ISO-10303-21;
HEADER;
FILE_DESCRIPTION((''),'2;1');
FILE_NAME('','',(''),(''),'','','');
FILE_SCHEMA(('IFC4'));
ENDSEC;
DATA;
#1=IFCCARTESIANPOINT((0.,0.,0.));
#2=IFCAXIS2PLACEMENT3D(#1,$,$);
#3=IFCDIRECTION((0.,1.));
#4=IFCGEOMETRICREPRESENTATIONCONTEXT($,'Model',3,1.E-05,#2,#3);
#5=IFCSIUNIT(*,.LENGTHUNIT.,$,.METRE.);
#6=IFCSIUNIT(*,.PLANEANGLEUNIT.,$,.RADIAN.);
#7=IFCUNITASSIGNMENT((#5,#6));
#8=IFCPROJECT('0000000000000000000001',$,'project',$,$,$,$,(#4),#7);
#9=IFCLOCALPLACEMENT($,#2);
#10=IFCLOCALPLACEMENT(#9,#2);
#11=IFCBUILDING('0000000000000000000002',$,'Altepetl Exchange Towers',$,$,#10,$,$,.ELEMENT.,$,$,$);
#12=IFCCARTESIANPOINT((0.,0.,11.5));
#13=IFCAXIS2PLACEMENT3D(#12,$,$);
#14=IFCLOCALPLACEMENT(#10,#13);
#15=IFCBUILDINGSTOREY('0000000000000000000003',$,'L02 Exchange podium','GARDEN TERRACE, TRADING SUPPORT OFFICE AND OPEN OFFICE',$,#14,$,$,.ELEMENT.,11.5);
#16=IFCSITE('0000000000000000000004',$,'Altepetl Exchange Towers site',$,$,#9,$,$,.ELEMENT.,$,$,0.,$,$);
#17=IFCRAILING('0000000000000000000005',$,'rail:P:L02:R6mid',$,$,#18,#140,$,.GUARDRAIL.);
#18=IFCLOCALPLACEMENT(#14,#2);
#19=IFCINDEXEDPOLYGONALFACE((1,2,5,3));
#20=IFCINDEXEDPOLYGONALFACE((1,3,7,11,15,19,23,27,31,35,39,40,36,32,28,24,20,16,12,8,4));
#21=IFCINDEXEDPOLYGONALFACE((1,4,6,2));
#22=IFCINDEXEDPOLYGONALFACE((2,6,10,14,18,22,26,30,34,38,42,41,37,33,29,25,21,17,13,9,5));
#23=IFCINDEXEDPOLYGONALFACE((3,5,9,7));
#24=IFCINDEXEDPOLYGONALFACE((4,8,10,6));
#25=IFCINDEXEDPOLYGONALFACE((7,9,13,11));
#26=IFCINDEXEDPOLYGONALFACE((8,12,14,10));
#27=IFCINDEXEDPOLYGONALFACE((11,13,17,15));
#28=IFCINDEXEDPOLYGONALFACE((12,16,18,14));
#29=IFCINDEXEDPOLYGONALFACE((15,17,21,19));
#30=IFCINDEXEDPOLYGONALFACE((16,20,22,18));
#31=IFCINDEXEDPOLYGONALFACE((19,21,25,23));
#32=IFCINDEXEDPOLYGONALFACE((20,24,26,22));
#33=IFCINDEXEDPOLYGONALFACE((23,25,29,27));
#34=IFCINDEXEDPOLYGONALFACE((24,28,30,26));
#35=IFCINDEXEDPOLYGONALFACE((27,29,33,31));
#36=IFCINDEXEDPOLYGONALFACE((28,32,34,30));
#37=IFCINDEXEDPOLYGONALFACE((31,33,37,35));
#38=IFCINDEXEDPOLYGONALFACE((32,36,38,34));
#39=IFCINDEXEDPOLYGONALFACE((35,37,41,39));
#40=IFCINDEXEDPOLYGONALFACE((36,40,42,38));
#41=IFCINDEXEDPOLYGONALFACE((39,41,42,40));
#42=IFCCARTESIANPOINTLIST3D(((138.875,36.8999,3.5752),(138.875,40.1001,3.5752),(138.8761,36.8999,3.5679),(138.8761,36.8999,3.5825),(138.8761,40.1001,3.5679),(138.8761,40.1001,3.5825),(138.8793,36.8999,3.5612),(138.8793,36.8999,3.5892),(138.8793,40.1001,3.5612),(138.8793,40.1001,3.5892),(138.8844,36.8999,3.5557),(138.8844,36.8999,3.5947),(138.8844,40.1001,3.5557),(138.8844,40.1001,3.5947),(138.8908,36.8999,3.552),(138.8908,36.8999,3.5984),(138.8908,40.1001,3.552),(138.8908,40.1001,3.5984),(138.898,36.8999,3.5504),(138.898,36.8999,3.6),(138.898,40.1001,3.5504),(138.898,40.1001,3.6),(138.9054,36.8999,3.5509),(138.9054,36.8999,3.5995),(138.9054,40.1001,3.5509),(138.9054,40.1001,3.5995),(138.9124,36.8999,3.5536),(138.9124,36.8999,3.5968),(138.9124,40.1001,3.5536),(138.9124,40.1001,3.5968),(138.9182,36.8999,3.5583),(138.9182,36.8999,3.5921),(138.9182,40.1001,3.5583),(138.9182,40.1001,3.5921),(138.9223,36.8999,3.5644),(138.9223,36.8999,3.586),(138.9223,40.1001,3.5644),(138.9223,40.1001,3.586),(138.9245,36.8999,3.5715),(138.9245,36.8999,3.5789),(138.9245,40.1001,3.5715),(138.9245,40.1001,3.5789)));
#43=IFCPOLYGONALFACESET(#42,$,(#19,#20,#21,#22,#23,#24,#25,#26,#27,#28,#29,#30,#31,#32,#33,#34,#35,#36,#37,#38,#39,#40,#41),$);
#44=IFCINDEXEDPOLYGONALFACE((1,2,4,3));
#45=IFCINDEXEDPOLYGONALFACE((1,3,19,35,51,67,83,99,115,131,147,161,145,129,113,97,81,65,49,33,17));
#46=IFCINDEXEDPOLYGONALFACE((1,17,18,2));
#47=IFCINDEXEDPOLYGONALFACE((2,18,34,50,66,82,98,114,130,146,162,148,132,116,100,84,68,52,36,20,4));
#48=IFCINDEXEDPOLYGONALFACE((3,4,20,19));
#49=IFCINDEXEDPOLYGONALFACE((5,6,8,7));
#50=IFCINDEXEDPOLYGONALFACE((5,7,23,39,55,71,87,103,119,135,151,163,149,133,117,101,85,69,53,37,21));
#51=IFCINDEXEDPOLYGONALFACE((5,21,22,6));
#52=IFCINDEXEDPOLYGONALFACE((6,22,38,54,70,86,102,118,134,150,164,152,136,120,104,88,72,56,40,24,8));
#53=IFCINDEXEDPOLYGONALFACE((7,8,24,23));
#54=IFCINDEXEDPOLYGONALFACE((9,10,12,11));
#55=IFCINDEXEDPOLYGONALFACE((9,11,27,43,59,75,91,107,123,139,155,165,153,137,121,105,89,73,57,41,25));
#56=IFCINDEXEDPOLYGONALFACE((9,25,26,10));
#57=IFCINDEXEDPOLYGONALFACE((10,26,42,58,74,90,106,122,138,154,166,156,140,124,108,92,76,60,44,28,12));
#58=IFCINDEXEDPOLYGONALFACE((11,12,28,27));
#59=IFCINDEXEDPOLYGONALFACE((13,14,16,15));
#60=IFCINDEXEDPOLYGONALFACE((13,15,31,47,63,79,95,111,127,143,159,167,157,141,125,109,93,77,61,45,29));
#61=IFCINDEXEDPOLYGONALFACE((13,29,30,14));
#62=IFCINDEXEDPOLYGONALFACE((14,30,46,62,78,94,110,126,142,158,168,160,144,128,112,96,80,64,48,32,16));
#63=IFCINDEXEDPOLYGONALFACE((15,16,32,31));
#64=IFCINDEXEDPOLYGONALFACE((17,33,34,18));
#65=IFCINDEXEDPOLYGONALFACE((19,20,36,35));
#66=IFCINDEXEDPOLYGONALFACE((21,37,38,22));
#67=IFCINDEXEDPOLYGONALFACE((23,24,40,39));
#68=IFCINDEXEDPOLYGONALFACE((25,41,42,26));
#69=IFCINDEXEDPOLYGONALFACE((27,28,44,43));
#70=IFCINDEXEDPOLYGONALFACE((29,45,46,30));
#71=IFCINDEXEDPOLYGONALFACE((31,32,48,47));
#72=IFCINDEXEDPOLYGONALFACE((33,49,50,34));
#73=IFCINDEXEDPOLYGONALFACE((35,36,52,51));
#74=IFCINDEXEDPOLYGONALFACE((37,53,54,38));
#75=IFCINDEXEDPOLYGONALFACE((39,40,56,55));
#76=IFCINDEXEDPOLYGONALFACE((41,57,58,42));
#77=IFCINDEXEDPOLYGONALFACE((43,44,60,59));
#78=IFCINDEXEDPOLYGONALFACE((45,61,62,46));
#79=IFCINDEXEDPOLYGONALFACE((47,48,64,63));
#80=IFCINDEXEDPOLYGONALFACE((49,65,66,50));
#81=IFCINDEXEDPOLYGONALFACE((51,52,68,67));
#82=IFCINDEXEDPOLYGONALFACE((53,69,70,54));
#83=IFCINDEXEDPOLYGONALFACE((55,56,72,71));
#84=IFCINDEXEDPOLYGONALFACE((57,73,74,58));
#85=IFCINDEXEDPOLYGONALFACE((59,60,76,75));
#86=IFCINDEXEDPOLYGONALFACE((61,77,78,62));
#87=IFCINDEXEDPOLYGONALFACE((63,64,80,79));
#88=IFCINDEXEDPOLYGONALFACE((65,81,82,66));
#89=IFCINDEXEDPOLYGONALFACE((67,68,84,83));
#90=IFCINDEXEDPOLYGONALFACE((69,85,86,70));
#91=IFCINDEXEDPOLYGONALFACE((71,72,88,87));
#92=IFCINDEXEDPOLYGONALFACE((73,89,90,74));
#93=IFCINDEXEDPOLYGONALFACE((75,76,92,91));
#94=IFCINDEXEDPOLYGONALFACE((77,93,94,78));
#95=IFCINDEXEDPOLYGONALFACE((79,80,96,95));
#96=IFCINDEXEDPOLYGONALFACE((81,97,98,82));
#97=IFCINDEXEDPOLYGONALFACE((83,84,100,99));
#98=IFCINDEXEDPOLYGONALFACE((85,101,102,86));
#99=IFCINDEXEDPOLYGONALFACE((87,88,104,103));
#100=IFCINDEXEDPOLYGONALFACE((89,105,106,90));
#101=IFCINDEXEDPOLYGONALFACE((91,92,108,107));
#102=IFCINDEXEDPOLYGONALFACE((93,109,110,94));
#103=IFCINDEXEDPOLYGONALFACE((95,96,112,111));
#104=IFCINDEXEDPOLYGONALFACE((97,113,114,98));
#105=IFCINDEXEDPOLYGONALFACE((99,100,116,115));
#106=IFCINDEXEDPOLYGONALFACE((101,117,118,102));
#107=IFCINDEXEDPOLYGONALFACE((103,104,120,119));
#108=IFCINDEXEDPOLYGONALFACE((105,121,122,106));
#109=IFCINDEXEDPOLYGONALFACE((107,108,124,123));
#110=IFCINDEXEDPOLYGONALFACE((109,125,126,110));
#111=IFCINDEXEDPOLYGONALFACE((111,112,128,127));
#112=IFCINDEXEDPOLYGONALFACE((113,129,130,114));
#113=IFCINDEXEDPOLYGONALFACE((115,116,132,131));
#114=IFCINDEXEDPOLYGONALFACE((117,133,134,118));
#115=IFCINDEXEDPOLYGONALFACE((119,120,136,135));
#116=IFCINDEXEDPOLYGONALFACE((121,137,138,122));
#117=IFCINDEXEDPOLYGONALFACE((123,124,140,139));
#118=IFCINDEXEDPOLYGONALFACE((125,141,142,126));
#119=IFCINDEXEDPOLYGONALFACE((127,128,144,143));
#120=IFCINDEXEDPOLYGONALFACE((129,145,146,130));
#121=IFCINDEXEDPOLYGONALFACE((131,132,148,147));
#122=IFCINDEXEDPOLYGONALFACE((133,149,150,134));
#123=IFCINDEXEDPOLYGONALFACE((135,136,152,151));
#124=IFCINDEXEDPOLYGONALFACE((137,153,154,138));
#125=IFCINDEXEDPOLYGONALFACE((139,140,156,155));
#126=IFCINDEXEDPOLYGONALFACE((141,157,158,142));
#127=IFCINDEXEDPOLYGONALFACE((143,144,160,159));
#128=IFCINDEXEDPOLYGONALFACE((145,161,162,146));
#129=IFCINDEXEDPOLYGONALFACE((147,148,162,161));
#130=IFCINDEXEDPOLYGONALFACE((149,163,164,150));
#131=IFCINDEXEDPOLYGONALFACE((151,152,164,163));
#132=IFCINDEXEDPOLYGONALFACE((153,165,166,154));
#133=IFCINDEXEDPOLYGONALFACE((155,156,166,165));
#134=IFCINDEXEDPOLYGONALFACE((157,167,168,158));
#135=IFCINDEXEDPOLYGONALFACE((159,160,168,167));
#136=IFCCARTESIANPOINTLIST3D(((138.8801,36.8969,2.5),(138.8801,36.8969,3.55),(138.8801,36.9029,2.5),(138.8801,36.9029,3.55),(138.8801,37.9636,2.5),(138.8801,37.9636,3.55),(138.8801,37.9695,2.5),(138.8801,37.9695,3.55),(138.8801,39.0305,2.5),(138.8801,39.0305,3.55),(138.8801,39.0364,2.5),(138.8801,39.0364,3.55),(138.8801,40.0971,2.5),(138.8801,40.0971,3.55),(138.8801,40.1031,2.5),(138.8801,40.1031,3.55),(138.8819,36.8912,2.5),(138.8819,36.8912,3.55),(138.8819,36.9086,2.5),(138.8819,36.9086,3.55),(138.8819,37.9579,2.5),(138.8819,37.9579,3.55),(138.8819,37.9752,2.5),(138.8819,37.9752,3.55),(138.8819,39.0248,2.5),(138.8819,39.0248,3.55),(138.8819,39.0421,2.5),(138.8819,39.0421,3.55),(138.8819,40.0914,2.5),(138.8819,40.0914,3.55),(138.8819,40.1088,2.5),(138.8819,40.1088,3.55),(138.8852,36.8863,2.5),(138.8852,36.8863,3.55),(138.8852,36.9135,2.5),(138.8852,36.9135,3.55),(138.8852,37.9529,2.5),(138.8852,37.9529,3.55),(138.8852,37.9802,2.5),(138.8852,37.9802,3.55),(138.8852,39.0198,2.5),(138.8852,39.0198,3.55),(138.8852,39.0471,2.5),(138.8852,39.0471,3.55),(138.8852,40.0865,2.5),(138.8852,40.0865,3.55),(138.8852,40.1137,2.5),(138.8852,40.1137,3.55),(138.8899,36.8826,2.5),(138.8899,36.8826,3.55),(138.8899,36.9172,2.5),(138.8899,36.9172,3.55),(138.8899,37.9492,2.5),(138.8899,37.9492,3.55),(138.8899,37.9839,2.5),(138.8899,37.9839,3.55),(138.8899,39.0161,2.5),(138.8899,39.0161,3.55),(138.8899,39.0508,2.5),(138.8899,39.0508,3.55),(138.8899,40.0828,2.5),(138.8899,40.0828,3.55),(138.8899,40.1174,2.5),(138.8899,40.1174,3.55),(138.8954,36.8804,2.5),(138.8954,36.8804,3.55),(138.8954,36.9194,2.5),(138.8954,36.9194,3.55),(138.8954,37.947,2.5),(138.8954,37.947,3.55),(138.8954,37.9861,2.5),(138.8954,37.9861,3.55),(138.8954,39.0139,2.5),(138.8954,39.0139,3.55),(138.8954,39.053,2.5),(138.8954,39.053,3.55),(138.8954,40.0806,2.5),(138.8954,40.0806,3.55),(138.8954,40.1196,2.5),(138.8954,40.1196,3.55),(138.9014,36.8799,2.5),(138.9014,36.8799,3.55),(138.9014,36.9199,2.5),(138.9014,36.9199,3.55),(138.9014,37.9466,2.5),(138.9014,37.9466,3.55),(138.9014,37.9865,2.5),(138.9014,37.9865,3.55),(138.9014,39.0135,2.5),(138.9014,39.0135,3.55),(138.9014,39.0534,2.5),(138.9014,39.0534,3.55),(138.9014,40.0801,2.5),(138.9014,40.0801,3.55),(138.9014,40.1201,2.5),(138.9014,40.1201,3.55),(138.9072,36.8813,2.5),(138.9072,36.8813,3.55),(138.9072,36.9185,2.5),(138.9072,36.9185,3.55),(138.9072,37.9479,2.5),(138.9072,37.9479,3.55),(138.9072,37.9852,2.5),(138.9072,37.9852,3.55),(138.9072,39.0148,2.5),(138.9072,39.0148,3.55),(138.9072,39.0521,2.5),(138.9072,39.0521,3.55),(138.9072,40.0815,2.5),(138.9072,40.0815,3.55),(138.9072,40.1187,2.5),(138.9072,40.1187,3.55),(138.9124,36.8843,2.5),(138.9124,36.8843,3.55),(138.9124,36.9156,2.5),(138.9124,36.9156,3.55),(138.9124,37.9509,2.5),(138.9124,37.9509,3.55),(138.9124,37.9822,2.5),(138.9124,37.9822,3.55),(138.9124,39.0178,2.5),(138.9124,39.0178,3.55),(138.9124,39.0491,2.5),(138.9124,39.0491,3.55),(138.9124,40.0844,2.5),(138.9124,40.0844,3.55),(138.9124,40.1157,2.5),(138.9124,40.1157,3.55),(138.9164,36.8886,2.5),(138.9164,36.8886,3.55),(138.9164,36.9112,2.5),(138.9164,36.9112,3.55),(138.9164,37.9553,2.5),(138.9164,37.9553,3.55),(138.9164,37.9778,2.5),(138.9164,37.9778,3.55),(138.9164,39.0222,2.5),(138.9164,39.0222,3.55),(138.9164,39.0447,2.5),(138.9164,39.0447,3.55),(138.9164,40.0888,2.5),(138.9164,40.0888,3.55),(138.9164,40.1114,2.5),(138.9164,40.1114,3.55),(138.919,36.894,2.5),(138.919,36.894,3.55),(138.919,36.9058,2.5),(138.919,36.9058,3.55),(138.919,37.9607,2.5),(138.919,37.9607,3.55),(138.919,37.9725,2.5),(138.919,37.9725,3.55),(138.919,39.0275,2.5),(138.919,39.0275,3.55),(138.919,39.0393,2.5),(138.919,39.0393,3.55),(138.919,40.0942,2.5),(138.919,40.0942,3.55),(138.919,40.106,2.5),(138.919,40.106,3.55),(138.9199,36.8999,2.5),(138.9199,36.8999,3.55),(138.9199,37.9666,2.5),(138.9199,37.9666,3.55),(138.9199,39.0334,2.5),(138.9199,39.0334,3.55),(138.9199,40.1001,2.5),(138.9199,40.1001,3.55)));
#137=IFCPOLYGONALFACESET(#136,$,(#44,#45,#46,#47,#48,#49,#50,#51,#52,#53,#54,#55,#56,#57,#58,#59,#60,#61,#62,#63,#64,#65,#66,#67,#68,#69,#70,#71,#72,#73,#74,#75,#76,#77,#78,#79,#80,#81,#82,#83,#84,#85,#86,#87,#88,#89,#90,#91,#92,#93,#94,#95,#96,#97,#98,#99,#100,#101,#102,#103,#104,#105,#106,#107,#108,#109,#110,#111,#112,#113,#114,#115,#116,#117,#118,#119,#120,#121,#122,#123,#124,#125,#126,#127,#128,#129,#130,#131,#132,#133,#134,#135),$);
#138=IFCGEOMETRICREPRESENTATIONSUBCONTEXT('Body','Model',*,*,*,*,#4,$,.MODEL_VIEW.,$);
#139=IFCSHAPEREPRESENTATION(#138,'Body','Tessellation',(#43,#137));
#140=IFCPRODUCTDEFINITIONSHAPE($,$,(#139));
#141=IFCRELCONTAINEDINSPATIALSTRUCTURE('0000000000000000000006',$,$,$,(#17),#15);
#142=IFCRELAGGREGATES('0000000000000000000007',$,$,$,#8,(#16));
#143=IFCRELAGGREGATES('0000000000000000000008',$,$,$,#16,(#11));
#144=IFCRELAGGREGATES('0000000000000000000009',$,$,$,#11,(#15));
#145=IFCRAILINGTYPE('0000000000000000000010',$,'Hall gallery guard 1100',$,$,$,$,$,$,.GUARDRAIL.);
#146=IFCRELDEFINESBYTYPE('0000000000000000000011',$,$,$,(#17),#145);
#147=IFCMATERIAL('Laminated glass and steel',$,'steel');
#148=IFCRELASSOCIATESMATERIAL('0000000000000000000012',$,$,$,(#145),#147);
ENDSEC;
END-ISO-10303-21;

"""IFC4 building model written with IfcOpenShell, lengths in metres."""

from ifc_helpers import new_model, si_unit, direction, frame, origin, origin_2d, place, context, subcontext, project, spatial, circle, extrude, source, transform, mapped, material, type_object, element, save


model = new_model("IFC4")

# Units and contexts
model_context = context("Model", 3, precision=1e-05, world=origin(), true_north=direction((0.0, 1.0)))
body_context = subcontext(model_context, "Body", "Model", "MODEL_VIEW")
ifc_project = project(units=[si_unit("LENGTHUNIT", "METRE"), si_unit("PLANEANGLEUNIT", "RADIAN")], contexts=[model_context])

# Site, building, storey
site_placement = place(None, origin())
site = spatial("IfcSite", under=ifc_project, at=site_placement, Name="Altepetl Exchange Towers site", CompositionType="ELEMENT", RefElevation=0.0)
building_placement = place(site_placement, origin())
building = spatial("IfcBuilding", under=site, at=building_placement, Name="Altepetl Exchange Towers", CompositionType="ELEMENT")
storey_placement = place(building_placement, frame((0.0, 0.0, 11.5)))
storey = spatial("IfcBuildingStorey", under=building, at=storey_placement, Name="L02 Exchange podium", Description="GARDEN TERRACE, TRADING SUPPORT OFFICE AND OPEN OFFICE", CompositionType="ELEMENT", Elevation=11.5)

# Railing
ifc_material_1 = material(Name="Laminated glass and steel", Category="steel")
railing_type_1 = type_object("IfcRailingType", Name="Hall gallery guard 1100", PredefinedType="GUARDRAIL", material=ifc_material_1)
shared_shape_1 = source(origin(), body_context, "Body", "SweptSolid", [
    extrude(circle(Radius=0.02, at=origin_2d()), origin(), (0.0, 0.0, 1.0), 1.05),
])
for number, where, name in (
    (1, (138.8999, 36.8999, 2.5), "rail:P:L02:R6mid"),
):
    element("IfcRailing", number, at=place(storey_placement, frame(where)), inside=storey, type_object=railing_type_1, Name=name, PredefinedType="GUARDRAIL", context=body_context, shape_type="SweptSolid", body=[
        extrude(circle(Radius=0.0249, at=origin_2d()), frame((0.0, 0.0, 1.0752), z_axis=(0.0, 1.0, 0.0), x_axis=(-1.0, 0.0, 0.0)), (0.0, 0.0, 1.0), 3.2002),
        mapped(shared_shape_1, transform((0.0, 0.0, 0.0))),
        mapped(shared_shape_1, transform((0.0, 1.0667, 0.0))),
        mapped(shared_shape_1, transform((0.0, 2.1335, 0.0))),
        mapped(shared_shape_1, transform((0.0, 3.2002, 0.0))),
    ])

save(model, "model.ifc")
